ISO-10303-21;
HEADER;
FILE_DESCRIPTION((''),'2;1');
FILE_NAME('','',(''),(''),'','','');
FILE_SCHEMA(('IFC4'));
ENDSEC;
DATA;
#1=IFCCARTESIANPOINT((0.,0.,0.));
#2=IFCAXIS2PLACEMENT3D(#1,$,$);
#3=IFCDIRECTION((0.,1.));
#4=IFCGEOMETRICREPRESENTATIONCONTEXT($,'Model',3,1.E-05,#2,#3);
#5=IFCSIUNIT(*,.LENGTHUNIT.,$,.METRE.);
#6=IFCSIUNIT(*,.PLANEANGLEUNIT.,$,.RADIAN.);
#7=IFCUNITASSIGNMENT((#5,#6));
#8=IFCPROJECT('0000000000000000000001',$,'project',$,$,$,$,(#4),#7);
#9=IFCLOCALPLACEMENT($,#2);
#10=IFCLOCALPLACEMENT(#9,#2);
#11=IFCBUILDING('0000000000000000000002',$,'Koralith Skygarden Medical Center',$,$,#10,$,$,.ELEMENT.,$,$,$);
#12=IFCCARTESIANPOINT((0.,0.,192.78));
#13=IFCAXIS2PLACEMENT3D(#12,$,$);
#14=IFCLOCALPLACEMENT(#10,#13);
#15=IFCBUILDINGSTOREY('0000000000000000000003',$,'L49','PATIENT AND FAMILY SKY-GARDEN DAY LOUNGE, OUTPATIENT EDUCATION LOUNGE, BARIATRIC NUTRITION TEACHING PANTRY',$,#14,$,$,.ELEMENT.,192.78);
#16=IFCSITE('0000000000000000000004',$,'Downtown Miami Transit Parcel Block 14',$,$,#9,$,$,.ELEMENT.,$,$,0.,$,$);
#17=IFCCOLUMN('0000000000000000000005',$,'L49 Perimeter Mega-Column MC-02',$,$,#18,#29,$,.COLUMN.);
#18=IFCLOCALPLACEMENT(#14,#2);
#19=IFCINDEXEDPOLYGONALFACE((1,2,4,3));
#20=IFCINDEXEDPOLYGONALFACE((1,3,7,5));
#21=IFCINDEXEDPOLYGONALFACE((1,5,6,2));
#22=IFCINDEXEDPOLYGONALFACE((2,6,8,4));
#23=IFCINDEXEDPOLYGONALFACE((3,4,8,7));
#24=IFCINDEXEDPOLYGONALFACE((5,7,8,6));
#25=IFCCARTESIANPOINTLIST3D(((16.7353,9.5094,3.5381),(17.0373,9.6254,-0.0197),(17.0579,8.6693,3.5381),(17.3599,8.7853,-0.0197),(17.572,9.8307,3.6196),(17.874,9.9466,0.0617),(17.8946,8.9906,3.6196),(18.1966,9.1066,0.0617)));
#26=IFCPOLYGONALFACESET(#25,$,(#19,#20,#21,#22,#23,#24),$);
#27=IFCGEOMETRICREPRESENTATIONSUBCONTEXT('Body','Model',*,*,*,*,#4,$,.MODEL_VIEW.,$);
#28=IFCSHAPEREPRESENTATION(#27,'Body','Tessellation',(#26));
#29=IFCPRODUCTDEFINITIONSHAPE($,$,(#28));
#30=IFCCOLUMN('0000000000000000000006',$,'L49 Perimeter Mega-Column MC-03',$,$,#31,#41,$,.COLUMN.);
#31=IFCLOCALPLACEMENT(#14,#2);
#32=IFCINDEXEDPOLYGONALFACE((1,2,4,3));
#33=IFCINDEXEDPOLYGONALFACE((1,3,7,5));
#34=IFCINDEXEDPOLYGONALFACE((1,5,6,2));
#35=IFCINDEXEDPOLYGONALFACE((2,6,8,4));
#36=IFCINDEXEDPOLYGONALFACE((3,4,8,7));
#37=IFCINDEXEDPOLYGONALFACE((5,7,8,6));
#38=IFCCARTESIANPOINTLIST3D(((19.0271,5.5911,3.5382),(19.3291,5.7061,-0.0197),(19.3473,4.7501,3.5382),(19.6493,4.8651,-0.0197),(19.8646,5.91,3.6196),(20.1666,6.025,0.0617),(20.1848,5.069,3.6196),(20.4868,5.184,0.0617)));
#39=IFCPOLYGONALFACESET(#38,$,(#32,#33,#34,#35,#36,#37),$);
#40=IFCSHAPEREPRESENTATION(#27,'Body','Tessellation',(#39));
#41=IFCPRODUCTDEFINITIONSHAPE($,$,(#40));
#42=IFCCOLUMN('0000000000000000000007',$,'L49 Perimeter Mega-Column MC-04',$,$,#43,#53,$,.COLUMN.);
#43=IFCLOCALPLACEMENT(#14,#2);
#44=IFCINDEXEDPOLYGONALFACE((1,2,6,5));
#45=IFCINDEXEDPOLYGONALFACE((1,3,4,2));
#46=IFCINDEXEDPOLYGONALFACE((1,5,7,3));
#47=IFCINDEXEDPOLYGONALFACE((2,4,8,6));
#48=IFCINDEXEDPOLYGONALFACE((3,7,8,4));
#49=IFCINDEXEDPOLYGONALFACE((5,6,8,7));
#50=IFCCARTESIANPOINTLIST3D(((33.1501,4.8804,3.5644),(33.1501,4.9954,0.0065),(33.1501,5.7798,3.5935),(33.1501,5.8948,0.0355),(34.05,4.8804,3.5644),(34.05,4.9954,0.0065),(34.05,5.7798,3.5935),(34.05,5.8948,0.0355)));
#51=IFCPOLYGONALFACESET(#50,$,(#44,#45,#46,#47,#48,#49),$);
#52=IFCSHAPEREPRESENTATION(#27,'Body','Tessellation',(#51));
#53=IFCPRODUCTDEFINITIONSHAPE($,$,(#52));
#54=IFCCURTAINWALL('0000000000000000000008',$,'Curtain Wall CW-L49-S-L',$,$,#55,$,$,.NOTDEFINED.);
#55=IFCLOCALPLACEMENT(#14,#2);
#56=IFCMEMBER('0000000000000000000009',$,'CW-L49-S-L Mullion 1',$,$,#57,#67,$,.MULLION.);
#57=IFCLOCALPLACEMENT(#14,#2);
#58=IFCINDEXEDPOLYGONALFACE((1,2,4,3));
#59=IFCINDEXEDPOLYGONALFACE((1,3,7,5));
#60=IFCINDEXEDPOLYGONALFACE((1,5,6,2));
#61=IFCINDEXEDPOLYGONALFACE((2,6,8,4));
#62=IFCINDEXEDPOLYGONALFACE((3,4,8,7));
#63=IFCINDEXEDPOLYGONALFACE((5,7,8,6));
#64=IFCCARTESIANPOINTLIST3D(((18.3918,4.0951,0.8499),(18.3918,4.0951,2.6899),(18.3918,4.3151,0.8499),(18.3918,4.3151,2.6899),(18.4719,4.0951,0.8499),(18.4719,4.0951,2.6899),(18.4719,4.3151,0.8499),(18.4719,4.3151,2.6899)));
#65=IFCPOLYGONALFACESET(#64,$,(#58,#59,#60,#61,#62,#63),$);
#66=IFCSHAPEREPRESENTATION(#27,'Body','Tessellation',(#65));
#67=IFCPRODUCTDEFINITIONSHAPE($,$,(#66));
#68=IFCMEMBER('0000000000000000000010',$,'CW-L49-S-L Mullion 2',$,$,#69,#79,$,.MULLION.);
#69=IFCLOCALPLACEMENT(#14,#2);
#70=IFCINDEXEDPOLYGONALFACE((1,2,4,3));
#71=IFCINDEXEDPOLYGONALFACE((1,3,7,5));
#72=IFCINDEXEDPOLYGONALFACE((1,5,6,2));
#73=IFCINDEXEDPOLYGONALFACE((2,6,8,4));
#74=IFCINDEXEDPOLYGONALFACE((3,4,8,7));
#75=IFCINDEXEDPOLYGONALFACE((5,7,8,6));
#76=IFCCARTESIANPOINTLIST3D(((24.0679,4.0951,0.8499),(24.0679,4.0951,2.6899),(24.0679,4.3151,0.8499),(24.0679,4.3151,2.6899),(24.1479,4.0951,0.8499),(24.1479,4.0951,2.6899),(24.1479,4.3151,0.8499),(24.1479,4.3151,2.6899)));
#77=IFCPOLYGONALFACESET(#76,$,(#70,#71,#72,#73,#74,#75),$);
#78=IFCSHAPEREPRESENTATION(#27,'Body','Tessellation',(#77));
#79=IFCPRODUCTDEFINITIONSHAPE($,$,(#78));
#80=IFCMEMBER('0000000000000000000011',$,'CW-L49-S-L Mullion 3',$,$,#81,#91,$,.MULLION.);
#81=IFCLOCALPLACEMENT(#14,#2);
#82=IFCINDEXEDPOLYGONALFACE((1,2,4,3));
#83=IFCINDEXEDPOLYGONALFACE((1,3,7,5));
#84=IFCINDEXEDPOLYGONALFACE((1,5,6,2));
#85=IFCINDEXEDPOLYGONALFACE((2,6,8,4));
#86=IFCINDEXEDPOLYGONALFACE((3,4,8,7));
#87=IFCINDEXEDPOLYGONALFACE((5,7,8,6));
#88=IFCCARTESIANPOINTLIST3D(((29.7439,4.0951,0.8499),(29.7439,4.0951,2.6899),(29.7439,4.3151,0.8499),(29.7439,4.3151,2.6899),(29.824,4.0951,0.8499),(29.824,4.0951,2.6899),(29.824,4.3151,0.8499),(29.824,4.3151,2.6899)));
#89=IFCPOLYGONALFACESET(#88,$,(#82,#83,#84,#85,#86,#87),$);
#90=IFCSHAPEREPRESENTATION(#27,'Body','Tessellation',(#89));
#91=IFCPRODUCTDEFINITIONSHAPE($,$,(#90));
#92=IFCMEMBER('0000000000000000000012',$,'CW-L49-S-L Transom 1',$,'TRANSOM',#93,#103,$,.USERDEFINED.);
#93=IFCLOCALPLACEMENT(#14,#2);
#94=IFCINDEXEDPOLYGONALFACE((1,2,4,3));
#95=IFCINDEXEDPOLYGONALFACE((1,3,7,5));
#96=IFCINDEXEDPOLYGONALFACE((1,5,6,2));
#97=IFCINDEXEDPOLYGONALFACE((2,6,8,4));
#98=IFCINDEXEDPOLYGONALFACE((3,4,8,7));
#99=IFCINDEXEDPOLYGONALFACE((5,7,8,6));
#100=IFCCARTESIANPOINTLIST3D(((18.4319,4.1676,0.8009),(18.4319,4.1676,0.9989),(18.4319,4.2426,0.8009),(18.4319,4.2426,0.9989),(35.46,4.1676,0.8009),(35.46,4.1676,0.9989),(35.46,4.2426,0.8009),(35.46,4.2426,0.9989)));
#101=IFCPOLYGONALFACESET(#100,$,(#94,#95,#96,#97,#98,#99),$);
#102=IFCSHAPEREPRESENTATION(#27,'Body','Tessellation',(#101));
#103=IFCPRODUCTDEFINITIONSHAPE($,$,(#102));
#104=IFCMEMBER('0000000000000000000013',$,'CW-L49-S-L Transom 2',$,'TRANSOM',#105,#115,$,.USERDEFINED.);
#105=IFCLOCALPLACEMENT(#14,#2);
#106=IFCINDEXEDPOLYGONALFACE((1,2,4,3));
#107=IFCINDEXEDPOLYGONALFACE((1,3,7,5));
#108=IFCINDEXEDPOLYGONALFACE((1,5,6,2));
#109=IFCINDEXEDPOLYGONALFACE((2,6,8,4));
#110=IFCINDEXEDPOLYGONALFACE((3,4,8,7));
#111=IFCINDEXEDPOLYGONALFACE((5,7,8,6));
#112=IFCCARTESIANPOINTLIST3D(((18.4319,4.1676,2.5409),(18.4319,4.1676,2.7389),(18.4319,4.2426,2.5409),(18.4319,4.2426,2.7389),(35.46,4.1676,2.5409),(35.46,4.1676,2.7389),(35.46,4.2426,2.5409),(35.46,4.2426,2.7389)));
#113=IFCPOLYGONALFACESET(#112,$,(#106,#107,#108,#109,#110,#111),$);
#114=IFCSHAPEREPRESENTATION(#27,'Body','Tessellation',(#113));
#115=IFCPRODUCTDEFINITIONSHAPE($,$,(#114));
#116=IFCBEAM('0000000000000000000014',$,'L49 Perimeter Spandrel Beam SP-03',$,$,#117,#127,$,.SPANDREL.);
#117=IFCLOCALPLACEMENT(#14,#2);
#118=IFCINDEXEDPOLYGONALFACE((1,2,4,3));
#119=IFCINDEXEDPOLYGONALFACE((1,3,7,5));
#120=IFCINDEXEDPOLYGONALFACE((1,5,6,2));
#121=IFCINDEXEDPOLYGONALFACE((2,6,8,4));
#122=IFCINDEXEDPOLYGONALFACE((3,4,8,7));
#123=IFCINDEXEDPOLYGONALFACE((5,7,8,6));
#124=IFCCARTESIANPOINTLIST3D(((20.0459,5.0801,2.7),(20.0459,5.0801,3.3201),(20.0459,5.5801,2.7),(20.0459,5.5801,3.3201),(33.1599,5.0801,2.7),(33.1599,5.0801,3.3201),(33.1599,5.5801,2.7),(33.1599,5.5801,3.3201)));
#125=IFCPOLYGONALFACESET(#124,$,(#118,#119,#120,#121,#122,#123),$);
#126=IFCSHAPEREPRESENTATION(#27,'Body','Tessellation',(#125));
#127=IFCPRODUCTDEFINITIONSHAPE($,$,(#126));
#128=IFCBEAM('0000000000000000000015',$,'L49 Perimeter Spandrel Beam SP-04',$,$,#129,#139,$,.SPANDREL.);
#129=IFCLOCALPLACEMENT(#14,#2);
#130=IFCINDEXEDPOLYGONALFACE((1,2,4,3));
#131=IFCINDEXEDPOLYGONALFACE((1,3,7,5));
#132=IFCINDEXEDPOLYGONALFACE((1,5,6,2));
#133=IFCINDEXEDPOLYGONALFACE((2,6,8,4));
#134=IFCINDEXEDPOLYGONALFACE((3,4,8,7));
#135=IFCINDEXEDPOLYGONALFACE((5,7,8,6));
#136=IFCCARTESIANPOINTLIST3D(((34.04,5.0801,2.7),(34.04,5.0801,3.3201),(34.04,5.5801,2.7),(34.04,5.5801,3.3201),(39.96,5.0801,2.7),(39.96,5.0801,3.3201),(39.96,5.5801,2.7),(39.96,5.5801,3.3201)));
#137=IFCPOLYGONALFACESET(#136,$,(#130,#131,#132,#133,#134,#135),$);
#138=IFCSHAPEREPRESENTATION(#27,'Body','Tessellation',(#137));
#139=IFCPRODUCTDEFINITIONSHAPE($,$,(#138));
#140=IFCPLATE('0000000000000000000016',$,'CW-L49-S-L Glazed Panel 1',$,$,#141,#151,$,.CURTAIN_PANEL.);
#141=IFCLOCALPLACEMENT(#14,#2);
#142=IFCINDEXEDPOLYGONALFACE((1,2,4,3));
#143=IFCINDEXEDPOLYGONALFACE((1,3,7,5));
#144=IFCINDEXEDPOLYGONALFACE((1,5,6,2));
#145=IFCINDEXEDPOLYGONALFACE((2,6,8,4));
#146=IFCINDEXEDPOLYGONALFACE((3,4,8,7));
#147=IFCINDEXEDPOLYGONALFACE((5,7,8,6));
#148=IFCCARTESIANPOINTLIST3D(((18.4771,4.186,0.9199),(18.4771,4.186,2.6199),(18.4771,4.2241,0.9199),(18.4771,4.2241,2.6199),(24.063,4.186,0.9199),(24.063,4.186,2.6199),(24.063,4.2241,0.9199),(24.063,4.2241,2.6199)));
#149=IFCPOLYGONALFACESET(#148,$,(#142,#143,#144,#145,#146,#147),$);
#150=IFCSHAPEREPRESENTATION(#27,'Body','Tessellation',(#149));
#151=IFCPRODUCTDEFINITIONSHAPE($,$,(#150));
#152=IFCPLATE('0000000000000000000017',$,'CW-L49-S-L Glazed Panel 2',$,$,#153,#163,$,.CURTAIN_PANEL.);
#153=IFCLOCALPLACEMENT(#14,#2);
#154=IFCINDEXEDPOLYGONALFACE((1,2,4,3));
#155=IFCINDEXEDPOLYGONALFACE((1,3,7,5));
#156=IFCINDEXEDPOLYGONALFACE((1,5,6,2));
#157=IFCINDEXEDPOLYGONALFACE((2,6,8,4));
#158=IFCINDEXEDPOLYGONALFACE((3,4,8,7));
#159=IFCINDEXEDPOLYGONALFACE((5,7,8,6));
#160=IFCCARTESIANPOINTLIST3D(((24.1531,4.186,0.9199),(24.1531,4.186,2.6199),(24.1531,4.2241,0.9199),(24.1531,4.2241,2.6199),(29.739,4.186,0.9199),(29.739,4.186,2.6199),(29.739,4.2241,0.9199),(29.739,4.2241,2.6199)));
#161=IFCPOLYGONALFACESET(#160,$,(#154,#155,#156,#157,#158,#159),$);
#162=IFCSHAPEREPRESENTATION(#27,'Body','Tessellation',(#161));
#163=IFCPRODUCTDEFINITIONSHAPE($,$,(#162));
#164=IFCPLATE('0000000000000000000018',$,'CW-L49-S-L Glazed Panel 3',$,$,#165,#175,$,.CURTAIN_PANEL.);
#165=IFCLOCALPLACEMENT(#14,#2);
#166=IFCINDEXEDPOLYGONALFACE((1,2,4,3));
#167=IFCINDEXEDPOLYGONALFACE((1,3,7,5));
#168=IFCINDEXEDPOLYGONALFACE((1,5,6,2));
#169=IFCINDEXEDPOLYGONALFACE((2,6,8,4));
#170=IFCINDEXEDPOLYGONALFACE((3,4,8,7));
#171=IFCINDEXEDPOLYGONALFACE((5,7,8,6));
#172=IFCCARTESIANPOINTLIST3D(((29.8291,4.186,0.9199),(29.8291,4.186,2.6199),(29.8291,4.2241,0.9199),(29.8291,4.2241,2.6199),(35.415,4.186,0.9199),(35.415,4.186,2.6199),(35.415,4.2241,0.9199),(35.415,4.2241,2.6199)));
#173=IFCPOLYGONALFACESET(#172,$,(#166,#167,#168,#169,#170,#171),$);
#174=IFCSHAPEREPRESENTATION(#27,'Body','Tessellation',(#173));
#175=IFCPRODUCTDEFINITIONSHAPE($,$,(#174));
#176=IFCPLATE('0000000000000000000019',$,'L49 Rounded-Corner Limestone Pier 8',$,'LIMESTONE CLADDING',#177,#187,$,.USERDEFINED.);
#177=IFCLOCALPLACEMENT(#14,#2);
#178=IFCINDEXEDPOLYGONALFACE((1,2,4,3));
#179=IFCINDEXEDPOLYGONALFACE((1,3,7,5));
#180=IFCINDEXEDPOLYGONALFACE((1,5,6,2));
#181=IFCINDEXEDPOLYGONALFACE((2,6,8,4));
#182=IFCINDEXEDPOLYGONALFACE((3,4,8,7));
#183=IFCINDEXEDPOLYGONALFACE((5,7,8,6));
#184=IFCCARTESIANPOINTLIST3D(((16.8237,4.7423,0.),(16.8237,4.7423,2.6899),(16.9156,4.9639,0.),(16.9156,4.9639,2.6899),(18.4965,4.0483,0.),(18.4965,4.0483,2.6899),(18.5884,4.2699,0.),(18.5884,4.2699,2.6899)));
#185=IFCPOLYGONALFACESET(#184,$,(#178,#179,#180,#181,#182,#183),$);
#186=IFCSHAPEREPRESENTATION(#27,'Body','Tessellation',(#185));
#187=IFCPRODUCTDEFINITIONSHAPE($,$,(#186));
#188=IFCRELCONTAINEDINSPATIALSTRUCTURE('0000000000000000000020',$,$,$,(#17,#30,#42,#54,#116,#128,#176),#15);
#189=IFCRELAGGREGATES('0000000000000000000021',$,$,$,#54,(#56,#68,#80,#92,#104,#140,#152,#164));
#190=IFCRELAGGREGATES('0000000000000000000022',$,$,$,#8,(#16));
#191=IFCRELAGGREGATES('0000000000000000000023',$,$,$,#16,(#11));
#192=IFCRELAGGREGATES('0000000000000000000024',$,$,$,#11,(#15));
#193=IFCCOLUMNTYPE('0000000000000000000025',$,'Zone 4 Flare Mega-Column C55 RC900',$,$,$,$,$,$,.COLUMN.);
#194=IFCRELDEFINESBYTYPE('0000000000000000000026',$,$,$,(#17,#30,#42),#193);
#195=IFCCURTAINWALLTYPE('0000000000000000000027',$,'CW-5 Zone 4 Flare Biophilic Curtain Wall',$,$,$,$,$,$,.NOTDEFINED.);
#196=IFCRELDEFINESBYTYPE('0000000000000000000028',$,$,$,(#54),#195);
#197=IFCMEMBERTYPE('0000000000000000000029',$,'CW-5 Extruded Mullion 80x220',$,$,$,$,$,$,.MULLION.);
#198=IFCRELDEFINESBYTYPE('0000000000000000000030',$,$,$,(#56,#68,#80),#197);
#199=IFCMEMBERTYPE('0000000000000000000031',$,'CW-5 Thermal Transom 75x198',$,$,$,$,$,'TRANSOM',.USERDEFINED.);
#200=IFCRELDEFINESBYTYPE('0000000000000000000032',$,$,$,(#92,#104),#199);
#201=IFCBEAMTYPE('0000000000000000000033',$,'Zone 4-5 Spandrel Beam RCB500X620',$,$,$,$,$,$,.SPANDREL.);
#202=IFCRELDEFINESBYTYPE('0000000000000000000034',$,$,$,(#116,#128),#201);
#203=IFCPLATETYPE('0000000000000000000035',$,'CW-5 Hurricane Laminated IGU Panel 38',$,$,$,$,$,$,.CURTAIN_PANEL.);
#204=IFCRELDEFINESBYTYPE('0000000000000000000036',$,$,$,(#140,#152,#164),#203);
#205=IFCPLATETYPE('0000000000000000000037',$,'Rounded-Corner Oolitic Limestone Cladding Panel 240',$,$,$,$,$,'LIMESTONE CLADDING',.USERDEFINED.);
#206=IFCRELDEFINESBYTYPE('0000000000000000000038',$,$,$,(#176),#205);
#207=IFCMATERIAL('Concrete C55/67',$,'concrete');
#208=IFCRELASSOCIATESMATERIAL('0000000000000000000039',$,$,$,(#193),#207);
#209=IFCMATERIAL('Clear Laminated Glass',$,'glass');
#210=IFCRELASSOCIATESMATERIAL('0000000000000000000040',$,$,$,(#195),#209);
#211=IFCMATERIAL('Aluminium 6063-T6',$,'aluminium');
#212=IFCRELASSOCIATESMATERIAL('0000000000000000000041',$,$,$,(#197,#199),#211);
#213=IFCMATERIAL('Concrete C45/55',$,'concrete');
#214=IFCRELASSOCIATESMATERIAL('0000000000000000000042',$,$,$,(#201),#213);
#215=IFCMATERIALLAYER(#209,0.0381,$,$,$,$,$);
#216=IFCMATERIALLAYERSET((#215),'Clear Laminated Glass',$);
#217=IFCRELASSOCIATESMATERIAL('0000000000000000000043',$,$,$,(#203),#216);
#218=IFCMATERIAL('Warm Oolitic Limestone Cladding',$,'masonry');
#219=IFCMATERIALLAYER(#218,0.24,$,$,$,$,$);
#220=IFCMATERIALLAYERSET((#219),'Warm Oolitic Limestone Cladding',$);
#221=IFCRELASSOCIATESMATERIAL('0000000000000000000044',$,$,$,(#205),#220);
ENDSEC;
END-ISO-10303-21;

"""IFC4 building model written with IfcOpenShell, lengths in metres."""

from ifc_helpers import new_model, si_unit, direction, frame, origin, origin_2d, place, context, subcontext, project, spatial, rectangle, extrude, material, layer, layer_set, material_profile, profile_set, type_object, element, aggregate, save


model = new_model("IFC4")

# Units and contexts
model_context = context("Model", 3, precision=1e-05, world=origin(), true_north=direction((0.0, 1.0)))
body_context = subcontext(model_context, "Body", "Model", "MODEL_VIEW")
ifc_project = project(units=[si_unit("LENGTHUNIT", "METRE"), si_unit("PLANEANGLEUNIT", "RADIAN")], contexts=[model_context])

# Site, building, storey
site_placement = place(None, origin())
site = spatial("IfcSite", under=ifc_project, at=site_placement, Name="Downtown Miami Transit Parcel Block 14", CompositionType="ELEMENT", RefElevation=0.0)
building_placement = place(site_placement, origin())
building = spatial("IfcBuilding", under=site, at=building_placement, Name="Koralith Skygarden Medical Center", CompositionType="ELEMENT")
storey_placement = place(building_placement, frame((0.0, 0.0, 192.78)))
storey = spatial("IfcBuildingStorey", under=building, at=storey_placement, Name="L49", Description="PATIENT AND FAMILY SKY-GARDEN DAY LOUNGE, OUTPATIENT EDUCATION LOUNGE, BARIATRIC NUTRITION TEACHING PANTRY", CompositionType="ELEMENT", Elevation=192.78)

# Columns
ifc_material_1 = material(Name="Concrete C55/67", Category="concrete")
ifc_material_profile_1 = material_profile(ifc_material_1, rectangle(XDim=0.8999, YDim=0.8999, at=origin_2d()), Name="RC900X900")
ifc_profile_set_1 = profile_set([ifc_material_profile_1], Name="Concrete C55/67")
column_type = type_object("IfcColumnType", Name="Zone 4 Flare Mega-Column C55 RC900", PredefinedType="COLUMN", material=ifc_profile_set_1)
for number, where, z_axis, x_axis, name in (
    (1, (17.6169, 9.366, 0.021), (-0.084534, -0.032461, 0.995892), (0.358473, -0.93354, 0.0), "L49 Perimeter Mega-Column MC-02"),
    (2, (19.908, 5.4451, 0.021), (-0.084535, -0.032188, 0.9959), (0.355838, -0.934548, 0.0), "L49 Perimeter Mega-Column MC-03"),
):
    element("IfcColumn", number, at=place(storey_placement, frame(where, z_axis=z_axis, x_axis=x_axis)), inside=storey, type_object=column_type, Name=name, PredefinedType="COLUMN", context=body_context, shape_type="SweptSolid", body=[
        extrude(rectangle(XDim=0.8999, YDim=0.8999, at=origin_2d()), origin(), (0.0, 0.0, 1.0), 3.5725),
    ])
column_placement = place(storey_placement, frame((33.6001, 5.4451, 0.021), z_axis=(0.0, -0.032303, 0.999478), x_axis=(1.0, 0.0, 0.0)))
element("IfcColumn", 3, at=column_placement, inside=storey, type_object=column_type, Name="L49 Perimeter Mega-Column MC-04", PredefinedType="COLUMN", context=body_context, shape_type="SweptSolid", body=[
    extrude(rectangle(XDim=0.8999, YDim=0.8999, at=origin_2d()), origin(), (0.0, 0.0, 1.0), 3.5598),
])

# Curtain wall, members
ifc_material_2 = material(Name="Clear Laminated Glass", Category="glass")
curtain_wall_type = type_object("IfcCurtainWallType", Name="CW-5 Zone 4 Flare Biophilic Curtain Wall", PredefinedType="NOTDEFINED", material=ifc_material_2)
curtain_wall_placement = place(storey_placement, origin())
curtain_wall = element("IfcCurtainWall", 4, at=curtain_wall_placement, inside=storey, type_object=curtain_wall_type, Name="Curtain Wall CW-L49-S-L", PredefinedType="NOTDEFINED")
ifc_material_3 = material(Name="Aluminium 6063-T6", Category="aluminium")
ifc_material_profile_2 = material_profile(ifc_material_3, rectangle(XDim=0.0801, YDim=0.22, at=origin_2d()), Name="MUL80X220")
ifc_profile_set_2 = profile_set([ifc_material_profile_2], Name="Aluminium 6063-T6")
member_type_1 = type_object("IfcMemberType", Name="CW-5 Extruded Mullion 80x220", PredefinedType="MULLION", material=ifc_profile_set_2)
member_1_placement = place(storey_placement, frame((18.4319, 4.2051, 0.8499), z_axis=(0.0, 0.0, 1.0), x_axis=(1.0, 0.0, 0.0)))
member_1 = element("IfcMember", 5, at=member_1_placement, type_object=member_type_1, Name="CW-L49-S-L Mullion 1", PredefinedType="MULLION", context=body_context, shape_type="SweptSolid", body=[
    extrude(rectangle(XDim=0.0801, YDim=0.22, at=origin_2d()), origin(), (0.0, 0.0, 1.0), 1.8401),
])
member_2_placement = place(storey_placement, frame((24.1079, 4.2051, 0.8499), z_axis=(0.0, 0.0, 1.0), x_axis=(1.0, 0.0, 0.0)))
member_2 = element("IfcMember", 6, at=member_2_placement, type_object=member_type_1, Name="CW-L49-S-L Mullion 2", PredefinedType="MULLION", context=body_context, shape_type="SweptSolid", body=[
    extrude(rectangle(XDim=0.0801, YDim=0.22, at=origin_2d()), origin(), (0.0, 0.0, 1.0), 1.8401),
])
member_3_placement = place(storey_placement, frame((29.7839, 4.2051, 0.8499), z_axis=(0.0, 0.0, 1.0), x_axis=(1.0, 0.0, 0.0)))
member_3 = element("IfcMember", 7, at=member_3_placement, type_object=member_type_1, Name="CW-L49-S-L Mullion 3", PredefinedType="MULLION", context=body_context, shape_type="SweptSolid", body=[
    extrude(rectangle(XDim=0.0801, YDim=0.22, at=origin_2d()), origin(), (0.0, 0.0, 1.0), 1.8401),
])
ifc_material_profile_3 = material_profile(ifc_material_3, rectangle(XDim=0.075, YDim=0.198, at=origin_2d()), Name="TRN75X198")
ifc_profile_set_3 = profile_set([ifc_material_profile_3], Name="Aluminium 6063-T6")
member_type_2 = type_object("IfcMemberType", Name="CW-5 Thermal Transom 75x198", ElementType="TRANSOM", PredefinedType="USERDEFINED", material=ifc_profile_set_3)
member_4_placement = place(storey_placement, frame((18.4319, 4.2051, 0.8999), z_axis=(1.0, 0.0, 0.0), x_axis=(0.0, 1.0, 0.0)))
member_4 = element("IfcMember", 8, at=member_4_placement, type_object=member_type_2, Name="CW-L49-S-L Transom 1", ObjectType="TRANSOM", PredefinedType="USERDEFINED", context=body_context, shape_type="SweptSolid", body=[
    extrude(rectangle(XDim=0.075, YDim=0.198, at=origin_2d()), origin(), (0.0, 0.0, 1.0), 17.0281),
])
member_5_placement = place(storey_placement, frame((18.4319, 4.2051, 2.6399), z_axis=(1.0, 0.0, 0.0), x_axis=(0.0, 1.0, 0.0)))
member_5 = element("IfcMember", 9, at=member_5_placement, type_object=member_type_2, Name="CW-L49-S-L Transom 2", ObjectType="TRANSOM", PredefinedType="USERDEFINED", context=body_context, shape_type="SweptSolid", body=[
    extrude(rectangle(XDim=0.075, YDim=0.198, at=origin_2d()), origin(), (0.0, 0.0, 1.0), 17.0281),
])

# Beams
ifc_material_4 = material(Name="Concrete C45/55", Category="concrete")
ifc_material_profile_4 = material_profile(ifc_material_4, rectangle(XDim=0.5, YDim=0.6201, at=origin_2d()), Name="RCB500X620")
ifc_profile_set_4 = profile_set([ifc_material_profile_4], Name="Concrete C45/55")
beam_type = type_object("IfcBeamType", Name="Zone 4-5 Spandrel Beam RCB500X620", PredefinedType="SPANDREL", material=ifc_profile_set_4)
beam_1_placement = place(storey_placement, frame((20.0459, 5.3301, 3.01), z_axis=(1.0, 0.0, 0.0), x_axis=(0.0, 1.0, 0.0)))
element("IfcBeam", 10, at=beam_1_placement, inside=storey, type_object=beam_type, Name="L49 Perimeter Spandrel Beam SP-03", PredefinedType="SPANDREL", context=body_context, shape_type="SweptSolid", body=[
    extrude(rectangle(XDim=0.5, YDim=0.6201, at=origin_2d()), origin(), (0.0, 0.0, 1.0), 13.114),
])
beam_2_placement = place(storey_placement, frame((34.04, 5.3301, 3.01), z_axis=(1.0, 0.0, 0.0), x_axis=(0.0, 1.0, 0.0)))
element("IfcBeam", 11, at=beam_2_placement, inside=storey, type_object=beam_type, Name="L49 Perimeter Spandrel Beam SP-04", PredefinedType="SPANDREL", context=body_context, shape_type="SweptSolid", body=[
    extrude(rectangle(XDim=0.5, YDim=0.6201, at=origin_2d()), origin(), (0.0, 0.0, 1.0), 5.9199),
])

# Plates
ifc_layer_1 = layer(ifc_material_2, 0.0381)
ifc_layer_set_1 = layer_set([ifc_layer_1], Name="Clear Laminated Glass")
plate_type_1 = type_object("IfcPlateType", Name="CW-5 Hurricane Laminated IGU Panel 38", PredefinedType="CURTAIN_PANEL", material=ifc_layer_set_1)
plate_1_placement = place(storey_placement, frame((21.27, 4.2051, 0.9199), z_axis=(0.0, 0.0, 1.0), x_axis=(1.0, 0.0, 0.0)))
plate_1 = element("IfcPlate", 12, at=plate_1_placement, type_object=plate_type_1, Name="CW-L49-S-L Glazed Panel 1", PredefinedType="CURTAIN_PANEL", context=body_context, shape_type="SweptSolid", body=[
    extrude(rectangle(XDim=5.5859, YDim=0.0381, at=origin_2d()), origin(), (0.0, 0.0, 1.0), 1.7),
])
plate_2_placement = place(storey_placement, frame((26.946, 4.2051, 0.9199), z_axis=(0.0, 0.0, 1.0), x_axis=(1.0, 0.0, 0.0)))
plate_2 = element("IfcPlate", 13, at=plate_2_placement, type_object=plate_type_1, Name="CW-L49-S-L Glazed Panel 2", PredefinedType="CURTAIN_PANEL", context=body_context, shape_type="SweptSolid", body=[
    extrude(rectangle(XDim=5.5859, YDim=0.0381, at=origin_2d()), origin(), (0.0, 0.0, 1.0), 1.7),
])
plate_3_placement = place(storey_placement, frame((32.6221, 4.2051, 0.9199), z_axis=(0.0, 0.0, 1.0), x_axis=(1.0, 0.0, 0.0)))
plate_3 = element("IfcPlate", 14, at=plate_3_placement, type_object=plate_type_1, Name="CW-L49-S-L Glazed Panel 3", PredefinedType="CURTAIN_PANEL", context=body_context, shape_type="SweptSolid", body=[
    extrude(rectangle(XDim=5.5859, YDim=0.0381, at=origin_2d()), origin(), (0.0, 0.0, 1.0), 1.7),
])
aggregate(curtain_wall, [member_1, member_2, member_3, member_4, member_5, plate_1, plate_2, plate_3])
ifc_material_5 = material(Name="Warm Oolitic Limestone Cladding", Category="masonry")
ifc_layer_2 = layer(ifc_material_5, 0.24)
ifc_layer_set_2 = layer_set([ifc_layer_2], Name="Warm Oolitic Limestone Cladding")
plate_type_2 = type_object("IfcPlateType", Name="Rounded-Corner Oolitic Limestone Cladding Panel 240", ElementType="LIMESTONE CLADDING", PredefinedType="USERDEFINED", material=ifc_layer_set_2)
plate_4_placement = place(storey_placement, frame((17.7061, 4.5061, 0.0), z_axis=(0.0, 0.0, 1.0), x_axis=(0.92366, -0.383214, 0.0)))
element("IfcPlate", 15, at=plate_4_placement, inside=storey, type_object=plate_type_2, Name="L49 Rounded-Corner Limestone Pier 8", ObjectType="LIMESTONE CLADDING", PredefinedType="USERDEFINED", context=body_context, shape_type="SweptSolid", body=[
    extrude(rectangle(XDim=1.811, YDim=0.24, at=origin_2d()), origin(), (0.0, 0.0, 1.0), 2.6899),
])

save(model, "model.ifc")
